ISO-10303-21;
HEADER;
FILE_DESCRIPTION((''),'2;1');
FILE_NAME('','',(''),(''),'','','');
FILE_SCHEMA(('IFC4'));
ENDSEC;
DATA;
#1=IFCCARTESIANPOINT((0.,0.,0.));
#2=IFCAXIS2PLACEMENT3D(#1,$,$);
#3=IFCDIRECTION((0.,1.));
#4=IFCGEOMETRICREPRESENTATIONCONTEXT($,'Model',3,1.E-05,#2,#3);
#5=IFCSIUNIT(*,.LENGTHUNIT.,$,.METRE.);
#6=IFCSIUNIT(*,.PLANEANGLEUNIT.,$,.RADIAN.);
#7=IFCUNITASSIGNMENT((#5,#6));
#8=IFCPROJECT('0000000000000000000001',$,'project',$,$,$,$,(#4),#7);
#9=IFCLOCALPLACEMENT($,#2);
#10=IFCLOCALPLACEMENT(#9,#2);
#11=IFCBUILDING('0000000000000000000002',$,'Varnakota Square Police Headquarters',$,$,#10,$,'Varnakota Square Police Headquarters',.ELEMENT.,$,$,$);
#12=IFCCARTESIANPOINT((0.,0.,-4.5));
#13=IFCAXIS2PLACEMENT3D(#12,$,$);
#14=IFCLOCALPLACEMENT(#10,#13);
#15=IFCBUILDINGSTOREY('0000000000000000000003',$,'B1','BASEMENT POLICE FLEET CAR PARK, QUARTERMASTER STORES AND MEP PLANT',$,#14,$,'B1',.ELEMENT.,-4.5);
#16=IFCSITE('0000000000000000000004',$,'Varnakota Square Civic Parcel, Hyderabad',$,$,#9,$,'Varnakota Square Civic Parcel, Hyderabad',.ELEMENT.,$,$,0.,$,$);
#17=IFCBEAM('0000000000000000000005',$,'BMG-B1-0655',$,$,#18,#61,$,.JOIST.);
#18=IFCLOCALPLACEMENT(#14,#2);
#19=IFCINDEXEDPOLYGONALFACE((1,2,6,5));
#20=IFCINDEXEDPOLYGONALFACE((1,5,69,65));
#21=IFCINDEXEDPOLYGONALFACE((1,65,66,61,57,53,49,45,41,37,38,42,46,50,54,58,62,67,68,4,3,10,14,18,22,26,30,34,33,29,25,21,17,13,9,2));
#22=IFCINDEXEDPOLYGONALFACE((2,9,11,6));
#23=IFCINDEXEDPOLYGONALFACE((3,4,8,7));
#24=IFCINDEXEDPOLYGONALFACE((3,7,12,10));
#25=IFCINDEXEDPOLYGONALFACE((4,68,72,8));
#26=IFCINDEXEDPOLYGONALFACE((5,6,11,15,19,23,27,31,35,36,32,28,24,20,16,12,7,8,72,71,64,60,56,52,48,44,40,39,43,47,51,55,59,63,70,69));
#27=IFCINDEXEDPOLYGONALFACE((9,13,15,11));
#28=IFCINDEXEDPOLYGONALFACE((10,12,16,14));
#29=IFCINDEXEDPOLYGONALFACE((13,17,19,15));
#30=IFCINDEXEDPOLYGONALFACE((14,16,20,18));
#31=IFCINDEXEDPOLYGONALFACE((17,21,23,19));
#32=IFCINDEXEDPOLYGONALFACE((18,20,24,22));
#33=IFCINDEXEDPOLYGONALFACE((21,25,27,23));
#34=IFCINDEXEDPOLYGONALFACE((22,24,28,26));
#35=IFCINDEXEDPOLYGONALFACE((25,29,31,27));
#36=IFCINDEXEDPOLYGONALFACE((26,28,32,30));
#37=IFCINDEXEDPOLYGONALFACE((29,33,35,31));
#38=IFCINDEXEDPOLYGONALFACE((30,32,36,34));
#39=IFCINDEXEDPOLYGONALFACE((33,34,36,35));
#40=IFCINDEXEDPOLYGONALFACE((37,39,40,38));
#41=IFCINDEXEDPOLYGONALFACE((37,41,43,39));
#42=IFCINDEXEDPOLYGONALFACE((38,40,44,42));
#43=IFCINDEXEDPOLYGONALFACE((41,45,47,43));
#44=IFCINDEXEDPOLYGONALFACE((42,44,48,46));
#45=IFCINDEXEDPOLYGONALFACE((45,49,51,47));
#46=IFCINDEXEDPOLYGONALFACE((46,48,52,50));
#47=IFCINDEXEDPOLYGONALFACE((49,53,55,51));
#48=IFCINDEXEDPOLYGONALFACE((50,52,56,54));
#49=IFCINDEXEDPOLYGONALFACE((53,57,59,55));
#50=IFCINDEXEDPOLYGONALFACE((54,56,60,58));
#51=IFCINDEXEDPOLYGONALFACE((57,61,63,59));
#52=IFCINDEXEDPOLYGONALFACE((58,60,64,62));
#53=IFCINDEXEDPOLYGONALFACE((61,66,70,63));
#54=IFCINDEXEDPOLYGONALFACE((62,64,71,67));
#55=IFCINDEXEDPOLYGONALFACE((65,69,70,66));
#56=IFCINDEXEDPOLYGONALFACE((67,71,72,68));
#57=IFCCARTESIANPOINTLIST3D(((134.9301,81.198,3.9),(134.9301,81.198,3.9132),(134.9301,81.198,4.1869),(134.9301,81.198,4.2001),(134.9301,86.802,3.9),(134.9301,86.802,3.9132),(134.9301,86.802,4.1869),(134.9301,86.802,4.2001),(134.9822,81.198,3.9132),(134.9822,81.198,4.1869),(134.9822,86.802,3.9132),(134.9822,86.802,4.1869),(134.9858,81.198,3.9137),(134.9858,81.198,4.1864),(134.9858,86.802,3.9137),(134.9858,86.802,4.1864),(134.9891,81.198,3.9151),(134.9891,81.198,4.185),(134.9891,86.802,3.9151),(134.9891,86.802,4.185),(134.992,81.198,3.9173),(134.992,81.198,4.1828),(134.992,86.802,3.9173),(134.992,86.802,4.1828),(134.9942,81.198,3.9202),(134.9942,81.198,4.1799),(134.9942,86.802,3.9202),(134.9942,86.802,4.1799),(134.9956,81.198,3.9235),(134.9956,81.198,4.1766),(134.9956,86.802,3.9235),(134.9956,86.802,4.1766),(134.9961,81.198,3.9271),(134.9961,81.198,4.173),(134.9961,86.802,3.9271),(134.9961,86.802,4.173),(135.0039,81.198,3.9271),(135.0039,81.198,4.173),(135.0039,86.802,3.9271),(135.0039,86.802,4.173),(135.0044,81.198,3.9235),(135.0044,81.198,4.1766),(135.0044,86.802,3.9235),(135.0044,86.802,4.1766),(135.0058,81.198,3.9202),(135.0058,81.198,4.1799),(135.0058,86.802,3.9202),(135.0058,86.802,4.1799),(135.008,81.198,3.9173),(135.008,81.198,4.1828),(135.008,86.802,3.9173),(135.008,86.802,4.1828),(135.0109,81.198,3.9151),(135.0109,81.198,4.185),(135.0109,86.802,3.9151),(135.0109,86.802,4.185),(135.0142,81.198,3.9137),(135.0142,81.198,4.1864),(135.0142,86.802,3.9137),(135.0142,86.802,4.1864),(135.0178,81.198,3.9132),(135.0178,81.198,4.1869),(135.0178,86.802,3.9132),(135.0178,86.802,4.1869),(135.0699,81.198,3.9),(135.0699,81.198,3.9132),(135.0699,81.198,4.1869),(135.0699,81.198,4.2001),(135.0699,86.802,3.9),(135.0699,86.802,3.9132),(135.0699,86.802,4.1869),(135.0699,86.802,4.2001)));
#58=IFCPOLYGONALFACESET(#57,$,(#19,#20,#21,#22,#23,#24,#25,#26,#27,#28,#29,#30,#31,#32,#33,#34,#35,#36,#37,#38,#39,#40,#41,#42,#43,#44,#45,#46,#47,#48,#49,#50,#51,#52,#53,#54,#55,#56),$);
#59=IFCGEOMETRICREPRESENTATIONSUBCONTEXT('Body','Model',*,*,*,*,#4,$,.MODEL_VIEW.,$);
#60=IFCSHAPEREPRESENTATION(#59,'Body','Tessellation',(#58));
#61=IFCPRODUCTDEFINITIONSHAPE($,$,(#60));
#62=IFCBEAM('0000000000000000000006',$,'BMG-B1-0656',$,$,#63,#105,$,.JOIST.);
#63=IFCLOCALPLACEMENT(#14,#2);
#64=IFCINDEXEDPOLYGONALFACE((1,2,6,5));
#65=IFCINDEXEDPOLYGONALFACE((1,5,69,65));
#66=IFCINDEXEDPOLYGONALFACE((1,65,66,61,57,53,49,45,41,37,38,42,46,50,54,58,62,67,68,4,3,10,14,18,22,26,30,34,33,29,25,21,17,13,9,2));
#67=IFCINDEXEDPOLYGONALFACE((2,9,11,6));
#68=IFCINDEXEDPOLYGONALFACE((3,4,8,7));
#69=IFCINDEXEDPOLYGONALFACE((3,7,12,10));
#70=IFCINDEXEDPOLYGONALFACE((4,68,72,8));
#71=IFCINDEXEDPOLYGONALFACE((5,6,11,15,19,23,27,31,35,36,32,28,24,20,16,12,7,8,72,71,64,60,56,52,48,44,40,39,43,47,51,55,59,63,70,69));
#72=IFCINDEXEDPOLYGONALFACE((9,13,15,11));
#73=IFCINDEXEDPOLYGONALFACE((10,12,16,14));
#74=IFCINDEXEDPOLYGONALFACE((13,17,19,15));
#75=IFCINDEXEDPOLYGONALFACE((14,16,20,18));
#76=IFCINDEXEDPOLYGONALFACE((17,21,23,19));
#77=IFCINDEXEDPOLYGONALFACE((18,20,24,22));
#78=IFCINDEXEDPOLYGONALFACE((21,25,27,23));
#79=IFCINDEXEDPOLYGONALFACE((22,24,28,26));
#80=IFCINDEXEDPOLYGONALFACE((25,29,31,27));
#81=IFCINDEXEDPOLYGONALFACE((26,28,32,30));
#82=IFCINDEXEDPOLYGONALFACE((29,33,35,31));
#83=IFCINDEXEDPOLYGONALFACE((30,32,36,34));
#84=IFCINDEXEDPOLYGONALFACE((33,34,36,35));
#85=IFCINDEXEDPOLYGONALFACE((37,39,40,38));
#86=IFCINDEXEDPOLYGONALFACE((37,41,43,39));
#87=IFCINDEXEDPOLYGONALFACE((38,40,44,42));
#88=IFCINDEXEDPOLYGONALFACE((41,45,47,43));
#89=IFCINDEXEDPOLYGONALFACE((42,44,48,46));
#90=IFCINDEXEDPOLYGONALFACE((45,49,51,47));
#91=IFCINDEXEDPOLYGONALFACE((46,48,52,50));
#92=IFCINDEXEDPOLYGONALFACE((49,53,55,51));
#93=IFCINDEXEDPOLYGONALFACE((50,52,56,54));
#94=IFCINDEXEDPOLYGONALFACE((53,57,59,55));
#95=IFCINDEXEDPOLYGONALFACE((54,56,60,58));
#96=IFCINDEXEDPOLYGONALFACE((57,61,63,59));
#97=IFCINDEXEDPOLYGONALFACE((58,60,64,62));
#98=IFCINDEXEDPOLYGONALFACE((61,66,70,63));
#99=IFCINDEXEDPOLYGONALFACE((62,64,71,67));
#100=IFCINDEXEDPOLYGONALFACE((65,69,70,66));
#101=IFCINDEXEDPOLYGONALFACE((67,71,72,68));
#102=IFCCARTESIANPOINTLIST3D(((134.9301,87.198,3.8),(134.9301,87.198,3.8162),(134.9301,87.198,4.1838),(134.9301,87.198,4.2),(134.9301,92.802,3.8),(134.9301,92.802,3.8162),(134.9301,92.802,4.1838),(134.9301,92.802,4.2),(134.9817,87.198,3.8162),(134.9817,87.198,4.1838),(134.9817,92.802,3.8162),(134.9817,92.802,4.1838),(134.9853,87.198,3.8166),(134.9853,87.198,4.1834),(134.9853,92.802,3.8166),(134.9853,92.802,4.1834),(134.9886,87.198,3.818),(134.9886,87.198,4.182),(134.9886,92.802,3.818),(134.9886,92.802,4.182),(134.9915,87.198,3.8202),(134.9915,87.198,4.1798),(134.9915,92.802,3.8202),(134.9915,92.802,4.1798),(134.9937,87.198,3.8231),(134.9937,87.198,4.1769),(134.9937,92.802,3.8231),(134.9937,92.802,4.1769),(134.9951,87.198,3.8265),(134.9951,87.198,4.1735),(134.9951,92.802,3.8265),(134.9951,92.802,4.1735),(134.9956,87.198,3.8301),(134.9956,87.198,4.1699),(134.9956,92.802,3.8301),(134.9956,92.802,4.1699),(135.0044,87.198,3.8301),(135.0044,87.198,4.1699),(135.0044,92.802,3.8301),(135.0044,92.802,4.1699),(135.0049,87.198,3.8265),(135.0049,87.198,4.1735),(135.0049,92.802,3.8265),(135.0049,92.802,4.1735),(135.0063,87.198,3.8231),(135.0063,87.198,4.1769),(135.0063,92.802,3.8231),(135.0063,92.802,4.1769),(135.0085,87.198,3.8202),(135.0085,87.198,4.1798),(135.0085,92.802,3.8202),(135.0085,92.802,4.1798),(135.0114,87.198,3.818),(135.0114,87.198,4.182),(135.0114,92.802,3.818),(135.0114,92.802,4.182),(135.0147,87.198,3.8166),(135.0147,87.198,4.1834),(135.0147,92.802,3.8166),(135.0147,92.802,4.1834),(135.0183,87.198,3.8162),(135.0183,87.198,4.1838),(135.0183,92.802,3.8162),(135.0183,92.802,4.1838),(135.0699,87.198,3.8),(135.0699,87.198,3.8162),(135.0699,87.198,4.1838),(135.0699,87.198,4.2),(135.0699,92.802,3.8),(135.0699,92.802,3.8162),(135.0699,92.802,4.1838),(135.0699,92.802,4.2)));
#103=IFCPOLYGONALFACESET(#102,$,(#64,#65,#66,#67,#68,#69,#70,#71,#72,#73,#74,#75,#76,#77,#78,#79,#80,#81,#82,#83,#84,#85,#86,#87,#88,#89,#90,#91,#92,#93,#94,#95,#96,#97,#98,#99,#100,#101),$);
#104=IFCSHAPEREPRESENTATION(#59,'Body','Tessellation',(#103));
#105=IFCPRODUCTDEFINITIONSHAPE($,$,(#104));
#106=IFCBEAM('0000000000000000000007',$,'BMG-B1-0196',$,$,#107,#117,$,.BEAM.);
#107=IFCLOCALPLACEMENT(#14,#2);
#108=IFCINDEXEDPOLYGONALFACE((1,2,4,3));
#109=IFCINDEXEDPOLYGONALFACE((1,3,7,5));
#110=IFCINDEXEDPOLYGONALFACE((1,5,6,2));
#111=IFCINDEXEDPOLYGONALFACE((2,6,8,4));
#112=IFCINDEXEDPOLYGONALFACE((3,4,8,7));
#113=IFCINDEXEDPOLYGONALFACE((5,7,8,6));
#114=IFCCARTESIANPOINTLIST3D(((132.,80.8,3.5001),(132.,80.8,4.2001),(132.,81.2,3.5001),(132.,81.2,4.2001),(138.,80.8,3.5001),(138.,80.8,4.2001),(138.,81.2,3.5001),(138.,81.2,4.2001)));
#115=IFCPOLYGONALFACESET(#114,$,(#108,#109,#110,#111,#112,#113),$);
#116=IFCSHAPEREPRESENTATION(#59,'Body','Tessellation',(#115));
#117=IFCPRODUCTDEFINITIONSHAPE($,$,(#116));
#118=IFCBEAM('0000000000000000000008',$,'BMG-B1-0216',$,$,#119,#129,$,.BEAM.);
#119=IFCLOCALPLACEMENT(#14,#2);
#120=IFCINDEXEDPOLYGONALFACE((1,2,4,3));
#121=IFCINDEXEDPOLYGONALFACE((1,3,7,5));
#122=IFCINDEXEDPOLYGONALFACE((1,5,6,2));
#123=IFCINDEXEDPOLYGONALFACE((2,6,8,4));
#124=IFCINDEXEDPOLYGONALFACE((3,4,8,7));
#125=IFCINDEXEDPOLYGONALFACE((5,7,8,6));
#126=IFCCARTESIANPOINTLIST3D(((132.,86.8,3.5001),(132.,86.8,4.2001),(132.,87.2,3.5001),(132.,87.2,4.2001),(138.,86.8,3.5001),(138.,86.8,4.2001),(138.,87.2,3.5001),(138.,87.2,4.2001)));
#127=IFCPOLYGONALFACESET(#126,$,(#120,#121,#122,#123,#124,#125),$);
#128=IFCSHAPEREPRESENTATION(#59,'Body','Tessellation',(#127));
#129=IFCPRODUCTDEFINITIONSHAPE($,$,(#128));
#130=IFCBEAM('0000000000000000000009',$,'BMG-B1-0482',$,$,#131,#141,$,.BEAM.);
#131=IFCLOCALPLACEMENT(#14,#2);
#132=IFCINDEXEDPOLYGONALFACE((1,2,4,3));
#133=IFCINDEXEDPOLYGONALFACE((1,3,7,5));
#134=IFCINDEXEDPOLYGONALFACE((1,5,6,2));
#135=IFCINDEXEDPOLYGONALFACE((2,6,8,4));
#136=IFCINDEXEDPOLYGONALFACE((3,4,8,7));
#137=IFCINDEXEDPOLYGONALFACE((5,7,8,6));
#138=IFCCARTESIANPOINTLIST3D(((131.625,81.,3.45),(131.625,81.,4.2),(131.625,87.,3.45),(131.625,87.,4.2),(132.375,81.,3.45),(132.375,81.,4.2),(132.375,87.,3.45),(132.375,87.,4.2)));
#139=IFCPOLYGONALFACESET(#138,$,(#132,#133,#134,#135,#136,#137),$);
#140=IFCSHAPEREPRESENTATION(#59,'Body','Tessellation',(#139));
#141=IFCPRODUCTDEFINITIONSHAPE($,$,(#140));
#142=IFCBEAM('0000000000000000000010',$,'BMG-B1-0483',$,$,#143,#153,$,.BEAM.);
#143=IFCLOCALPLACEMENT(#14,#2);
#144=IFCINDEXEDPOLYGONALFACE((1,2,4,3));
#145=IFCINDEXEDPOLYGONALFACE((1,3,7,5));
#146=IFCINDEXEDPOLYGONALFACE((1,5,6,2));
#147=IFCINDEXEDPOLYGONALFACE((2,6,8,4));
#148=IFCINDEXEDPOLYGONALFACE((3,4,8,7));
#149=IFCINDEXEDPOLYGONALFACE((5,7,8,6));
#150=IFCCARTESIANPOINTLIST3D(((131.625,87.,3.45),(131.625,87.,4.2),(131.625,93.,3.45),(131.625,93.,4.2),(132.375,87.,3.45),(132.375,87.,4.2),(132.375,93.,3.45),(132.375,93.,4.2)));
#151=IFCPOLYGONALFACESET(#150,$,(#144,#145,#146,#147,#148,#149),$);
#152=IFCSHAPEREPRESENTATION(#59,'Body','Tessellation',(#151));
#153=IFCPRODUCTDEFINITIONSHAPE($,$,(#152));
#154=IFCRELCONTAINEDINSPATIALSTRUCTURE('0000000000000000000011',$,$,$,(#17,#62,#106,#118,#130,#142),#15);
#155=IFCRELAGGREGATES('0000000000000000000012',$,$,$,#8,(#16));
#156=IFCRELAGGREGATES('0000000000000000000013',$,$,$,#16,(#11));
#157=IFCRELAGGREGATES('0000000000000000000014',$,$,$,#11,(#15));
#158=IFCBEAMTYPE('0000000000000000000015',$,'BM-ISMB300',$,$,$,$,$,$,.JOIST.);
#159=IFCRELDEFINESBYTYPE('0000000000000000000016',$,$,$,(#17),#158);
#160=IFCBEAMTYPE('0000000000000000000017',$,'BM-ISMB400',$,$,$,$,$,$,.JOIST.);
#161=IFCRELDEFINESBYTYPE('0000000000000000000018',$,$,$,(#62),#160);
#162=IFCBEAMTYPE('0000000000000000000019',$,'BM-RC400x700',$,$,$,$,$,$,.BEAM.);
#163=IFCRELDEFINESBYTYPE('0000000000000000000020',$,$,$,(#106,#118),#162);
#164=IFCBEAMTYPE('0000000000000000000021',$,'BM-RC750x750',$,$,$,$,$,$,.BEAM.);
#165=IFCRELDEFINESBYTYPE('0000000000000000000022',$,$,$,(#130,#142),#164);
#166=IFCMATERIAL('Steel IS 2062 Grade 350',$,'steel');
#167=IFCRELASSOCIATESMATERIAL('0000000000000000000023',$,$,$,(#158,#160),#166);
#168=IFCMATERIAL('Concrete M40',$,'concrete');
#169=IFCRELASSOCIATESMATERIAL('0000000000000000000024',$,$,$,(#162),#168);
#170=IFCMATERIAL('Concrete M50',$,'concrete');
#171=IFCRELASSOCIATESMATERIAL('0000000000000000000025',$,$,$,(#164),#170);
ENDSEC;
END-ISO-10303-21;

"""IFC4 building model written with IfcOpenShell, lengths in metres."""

from ifc_helpers import new_model, si_unit, direction, frame, origin, origin_2d, place, context, subcontext, project, spatial, rectangle, i_section, extrude, material, material_profile, profile_set, type_object, element, save


model = new_model("IFC4")

# Units and contexts
model_context = context("Model", 3, precision=1e-05, world=origin(), true_north=direction((0.0, 1.0)))
body_context = subcontext(model_context, "Body", "Model", "MODEL_VIEW")
ifc_project = project(units=[si_unit("LENGTHUNIT", "METRE"), si_unit("PLANEANGLEUNIT", "RADIAN")], contexts=[model_context])

# Site, building, storey
site_placement = place(None, origin())
site = spatial("IfcSite", under=ifc_project, at=site_placement, Name="Varnakota Square Civic Parcel, Hyderabad", LongName="Varnakota Square Civic Parcel, Hyderabad", CompositionType="ELEMENT", RefElevation=0.0)
building_placement = place(site_placement, origin())
building = spatial("IfcBuilding", under=site, at=building_placement, Name="Varnakota Square Police Headquarters", LongName="Varnakota Square Police Headquarters", CompositionType="ELEMENT")
storey_placement = place(building_placement, frame((0.0, 0.0, -4.5)))
storey = spatial("IfcBuildingStorey", under=building, at=storey_placement, Name="B1", Description="BASEMENT POLICE FLEET CAR PARK, QUARTERMASTER STORES AND MEP PLANT", LongName="B1", CompositionType="ELEMENT", Elevation=-4.5)

# Shared definitions
ifc_material_1 = material(Name="Concrete M40", Category="concrete")

# Shared definitions
ifc_material_2 = material(Name="Concrete M50", Category="concrete")

# Beams
ifc_material_3 = material(Name="Steel IS 2062 Grade 350", Category="steel")
ifc_material_profile_1 = material_profile(ifc_material_3, i_section(OverallWidth=0.1399, OverallDepth=0.3, WebThickness=0.0078, FlangeThickness=0.0132, FilletRadius=0.0139, at=origin_2d()), Name="ISMB 300")
ifc_profile_set_1 = profile_set([ifc_material_profile_1], Name="Steel IS 2062 Grade 350")
beam_type_1 = type_object("IfcBeamType", Name="BM-ISMB300", PredefinedType="JOIST", material=ifc_profile_set_1)
beam_1_placement = place(storey_placement, frame((135.0, 81.198, 4.05), z_axis=(0.0, 1.0, 0.0), x_axis=(-1.0, 0.0, 0.0)))
element("IfcBeam", 1, at=beam_1_placement, inside=storey, type_object=beam_type_1, Name="BMG-B1-0655", PredefinedType="JOIST", context=body_context, shape_type="SweptSolid", body=[
    extrude(i_section(OverallWidth=0.1399, OverallDepth=0.3, WebThickness=0.0078, FlangeThickness=0.0132, FilletRadius=0.0139, at=origin_2d()), origin(), (0.0, 0.0, 1.0), 5.604),
])
ifc_material_profile_2 = material_profile(ifc_material_3, i_section(OverallWidth=0.1399, OverallDepth=0.3999, WebThickness=0.0088, FlangeThickness=0.0161, FilletRadius=0.0139, at=origin_2d()), Name="ISMB 400")
ifc_profile_set_2 = profile_set([ifc_material_profile_2], Name="Steel IS 2062 Grade 350")
beam_type_2 = type_object("IfcBeamType", Name="BM-ISMB400", PredefinedType="JOIST", material=ifc_profile_set_2)
beam_2_placement = place(storey_placement, frame((135.0, 87.198, 4.0), z_axis=(0.0, 1.0, 0.0), x_axis=(-1.0, 0.0, 0.0)))
element("IfcBeam", 2, at=beam_2_placement, inside=storey, type_object=beam_type_2, Name="BMG-B1-0656", PredefinedType="JOIST", context=body_context, shape_type="SweptSolid", body=[
    extrude(i_section(OverallWidth=0.1399, OverallDepth=0.3999, WebThickness=0.0088, FlangeThickness=0.0161, FilletRadius=0.0139, at=origin_2d()), origin(), (0.0, 0.0, 1.0), 5.604),
])
ifc_material_profile_3 = material_profile(ifc_material_1, rectangle(XDim=0.3999, YDim=0.7, at=origin_2d()), Name="RC 400x700")
ifc_profile_set_3 = profile_set([ifc_material_profile_3], Name="Concrete M40")
beam_type_3 = type_object("IfcBeamType", Name="BM-RC400x700", PredefinedType="BEAM", material=ifc_profile_set_3)
for number, where, z_axis, x_axis, name in (
    (3, (132.0, 81.0, 3.8501), (1.0, 0.0, 0.0), (0.0, 1.0, 0.0), "BMG-B1-0196"),
    (4, (132.0, 87.0, 3.8501), (1.0, 0.0, 0.0), (0.0, 1.0, 0.0), "BMG-B1-0216"),
):
    element("IfcBeam", number, at=place(storey_placement, frame(where, z_axis=z_axis, x_axis=x_axis)), inside=storey, type_object=beam_type_3, Name=name, PredefinedType="BEAM", context=body_context, shape_type="SweptSolid", body=[
        extrude(rectangle(XDim=0.3999, YDim=0.7, at=origin_2d()), origin(), (0.0, 0.0, 1.0), 6.0),
    ])
ifc_material_profile_4 = material_profile(ifc_material_2, rectangle(XDim=0.75, YDim=0.75, at=origin_2d()), Name="RC 750x750")
ifc_profile_set_4 = profile_set([ifc_material_profile_4], Name="Concrete M50")
beam_type_4 = type_object("IfcBeamType", Name="BM-RC750x750", PredefinedType="BEAM", material=ifc_profile_set_4)
for number, where, z_axis, x_axis, name in (
    (5, (132.0, 81.0, 3.825), (0.0, 1.0, 0.0), (-1.0, 0.0, 0.0), "BMG-B1-0482"),
    (6, (132.0, 87.0, 3.825), (0.0, 1.0, 0.0), (-1.0, 0.0, 0.0), "BMG-B1-0483"),
):
    element("IfcBeam", number, at=place(storey_placement, frame(where, z_axis=z_axis, x_axis=x_axis)), inside=storey, type_object=beam_type_4, Name=name, PredefinedType="BEAM", context=body_context, shape_type="SweptSolid", body=[
        extrude(rectangle(XDim=0.75, YDim=0.75, at=origin_2d()), origin(), (0.0, 0.0, 1.0), 6.0),
    ])

save(model, "model.ifc")
